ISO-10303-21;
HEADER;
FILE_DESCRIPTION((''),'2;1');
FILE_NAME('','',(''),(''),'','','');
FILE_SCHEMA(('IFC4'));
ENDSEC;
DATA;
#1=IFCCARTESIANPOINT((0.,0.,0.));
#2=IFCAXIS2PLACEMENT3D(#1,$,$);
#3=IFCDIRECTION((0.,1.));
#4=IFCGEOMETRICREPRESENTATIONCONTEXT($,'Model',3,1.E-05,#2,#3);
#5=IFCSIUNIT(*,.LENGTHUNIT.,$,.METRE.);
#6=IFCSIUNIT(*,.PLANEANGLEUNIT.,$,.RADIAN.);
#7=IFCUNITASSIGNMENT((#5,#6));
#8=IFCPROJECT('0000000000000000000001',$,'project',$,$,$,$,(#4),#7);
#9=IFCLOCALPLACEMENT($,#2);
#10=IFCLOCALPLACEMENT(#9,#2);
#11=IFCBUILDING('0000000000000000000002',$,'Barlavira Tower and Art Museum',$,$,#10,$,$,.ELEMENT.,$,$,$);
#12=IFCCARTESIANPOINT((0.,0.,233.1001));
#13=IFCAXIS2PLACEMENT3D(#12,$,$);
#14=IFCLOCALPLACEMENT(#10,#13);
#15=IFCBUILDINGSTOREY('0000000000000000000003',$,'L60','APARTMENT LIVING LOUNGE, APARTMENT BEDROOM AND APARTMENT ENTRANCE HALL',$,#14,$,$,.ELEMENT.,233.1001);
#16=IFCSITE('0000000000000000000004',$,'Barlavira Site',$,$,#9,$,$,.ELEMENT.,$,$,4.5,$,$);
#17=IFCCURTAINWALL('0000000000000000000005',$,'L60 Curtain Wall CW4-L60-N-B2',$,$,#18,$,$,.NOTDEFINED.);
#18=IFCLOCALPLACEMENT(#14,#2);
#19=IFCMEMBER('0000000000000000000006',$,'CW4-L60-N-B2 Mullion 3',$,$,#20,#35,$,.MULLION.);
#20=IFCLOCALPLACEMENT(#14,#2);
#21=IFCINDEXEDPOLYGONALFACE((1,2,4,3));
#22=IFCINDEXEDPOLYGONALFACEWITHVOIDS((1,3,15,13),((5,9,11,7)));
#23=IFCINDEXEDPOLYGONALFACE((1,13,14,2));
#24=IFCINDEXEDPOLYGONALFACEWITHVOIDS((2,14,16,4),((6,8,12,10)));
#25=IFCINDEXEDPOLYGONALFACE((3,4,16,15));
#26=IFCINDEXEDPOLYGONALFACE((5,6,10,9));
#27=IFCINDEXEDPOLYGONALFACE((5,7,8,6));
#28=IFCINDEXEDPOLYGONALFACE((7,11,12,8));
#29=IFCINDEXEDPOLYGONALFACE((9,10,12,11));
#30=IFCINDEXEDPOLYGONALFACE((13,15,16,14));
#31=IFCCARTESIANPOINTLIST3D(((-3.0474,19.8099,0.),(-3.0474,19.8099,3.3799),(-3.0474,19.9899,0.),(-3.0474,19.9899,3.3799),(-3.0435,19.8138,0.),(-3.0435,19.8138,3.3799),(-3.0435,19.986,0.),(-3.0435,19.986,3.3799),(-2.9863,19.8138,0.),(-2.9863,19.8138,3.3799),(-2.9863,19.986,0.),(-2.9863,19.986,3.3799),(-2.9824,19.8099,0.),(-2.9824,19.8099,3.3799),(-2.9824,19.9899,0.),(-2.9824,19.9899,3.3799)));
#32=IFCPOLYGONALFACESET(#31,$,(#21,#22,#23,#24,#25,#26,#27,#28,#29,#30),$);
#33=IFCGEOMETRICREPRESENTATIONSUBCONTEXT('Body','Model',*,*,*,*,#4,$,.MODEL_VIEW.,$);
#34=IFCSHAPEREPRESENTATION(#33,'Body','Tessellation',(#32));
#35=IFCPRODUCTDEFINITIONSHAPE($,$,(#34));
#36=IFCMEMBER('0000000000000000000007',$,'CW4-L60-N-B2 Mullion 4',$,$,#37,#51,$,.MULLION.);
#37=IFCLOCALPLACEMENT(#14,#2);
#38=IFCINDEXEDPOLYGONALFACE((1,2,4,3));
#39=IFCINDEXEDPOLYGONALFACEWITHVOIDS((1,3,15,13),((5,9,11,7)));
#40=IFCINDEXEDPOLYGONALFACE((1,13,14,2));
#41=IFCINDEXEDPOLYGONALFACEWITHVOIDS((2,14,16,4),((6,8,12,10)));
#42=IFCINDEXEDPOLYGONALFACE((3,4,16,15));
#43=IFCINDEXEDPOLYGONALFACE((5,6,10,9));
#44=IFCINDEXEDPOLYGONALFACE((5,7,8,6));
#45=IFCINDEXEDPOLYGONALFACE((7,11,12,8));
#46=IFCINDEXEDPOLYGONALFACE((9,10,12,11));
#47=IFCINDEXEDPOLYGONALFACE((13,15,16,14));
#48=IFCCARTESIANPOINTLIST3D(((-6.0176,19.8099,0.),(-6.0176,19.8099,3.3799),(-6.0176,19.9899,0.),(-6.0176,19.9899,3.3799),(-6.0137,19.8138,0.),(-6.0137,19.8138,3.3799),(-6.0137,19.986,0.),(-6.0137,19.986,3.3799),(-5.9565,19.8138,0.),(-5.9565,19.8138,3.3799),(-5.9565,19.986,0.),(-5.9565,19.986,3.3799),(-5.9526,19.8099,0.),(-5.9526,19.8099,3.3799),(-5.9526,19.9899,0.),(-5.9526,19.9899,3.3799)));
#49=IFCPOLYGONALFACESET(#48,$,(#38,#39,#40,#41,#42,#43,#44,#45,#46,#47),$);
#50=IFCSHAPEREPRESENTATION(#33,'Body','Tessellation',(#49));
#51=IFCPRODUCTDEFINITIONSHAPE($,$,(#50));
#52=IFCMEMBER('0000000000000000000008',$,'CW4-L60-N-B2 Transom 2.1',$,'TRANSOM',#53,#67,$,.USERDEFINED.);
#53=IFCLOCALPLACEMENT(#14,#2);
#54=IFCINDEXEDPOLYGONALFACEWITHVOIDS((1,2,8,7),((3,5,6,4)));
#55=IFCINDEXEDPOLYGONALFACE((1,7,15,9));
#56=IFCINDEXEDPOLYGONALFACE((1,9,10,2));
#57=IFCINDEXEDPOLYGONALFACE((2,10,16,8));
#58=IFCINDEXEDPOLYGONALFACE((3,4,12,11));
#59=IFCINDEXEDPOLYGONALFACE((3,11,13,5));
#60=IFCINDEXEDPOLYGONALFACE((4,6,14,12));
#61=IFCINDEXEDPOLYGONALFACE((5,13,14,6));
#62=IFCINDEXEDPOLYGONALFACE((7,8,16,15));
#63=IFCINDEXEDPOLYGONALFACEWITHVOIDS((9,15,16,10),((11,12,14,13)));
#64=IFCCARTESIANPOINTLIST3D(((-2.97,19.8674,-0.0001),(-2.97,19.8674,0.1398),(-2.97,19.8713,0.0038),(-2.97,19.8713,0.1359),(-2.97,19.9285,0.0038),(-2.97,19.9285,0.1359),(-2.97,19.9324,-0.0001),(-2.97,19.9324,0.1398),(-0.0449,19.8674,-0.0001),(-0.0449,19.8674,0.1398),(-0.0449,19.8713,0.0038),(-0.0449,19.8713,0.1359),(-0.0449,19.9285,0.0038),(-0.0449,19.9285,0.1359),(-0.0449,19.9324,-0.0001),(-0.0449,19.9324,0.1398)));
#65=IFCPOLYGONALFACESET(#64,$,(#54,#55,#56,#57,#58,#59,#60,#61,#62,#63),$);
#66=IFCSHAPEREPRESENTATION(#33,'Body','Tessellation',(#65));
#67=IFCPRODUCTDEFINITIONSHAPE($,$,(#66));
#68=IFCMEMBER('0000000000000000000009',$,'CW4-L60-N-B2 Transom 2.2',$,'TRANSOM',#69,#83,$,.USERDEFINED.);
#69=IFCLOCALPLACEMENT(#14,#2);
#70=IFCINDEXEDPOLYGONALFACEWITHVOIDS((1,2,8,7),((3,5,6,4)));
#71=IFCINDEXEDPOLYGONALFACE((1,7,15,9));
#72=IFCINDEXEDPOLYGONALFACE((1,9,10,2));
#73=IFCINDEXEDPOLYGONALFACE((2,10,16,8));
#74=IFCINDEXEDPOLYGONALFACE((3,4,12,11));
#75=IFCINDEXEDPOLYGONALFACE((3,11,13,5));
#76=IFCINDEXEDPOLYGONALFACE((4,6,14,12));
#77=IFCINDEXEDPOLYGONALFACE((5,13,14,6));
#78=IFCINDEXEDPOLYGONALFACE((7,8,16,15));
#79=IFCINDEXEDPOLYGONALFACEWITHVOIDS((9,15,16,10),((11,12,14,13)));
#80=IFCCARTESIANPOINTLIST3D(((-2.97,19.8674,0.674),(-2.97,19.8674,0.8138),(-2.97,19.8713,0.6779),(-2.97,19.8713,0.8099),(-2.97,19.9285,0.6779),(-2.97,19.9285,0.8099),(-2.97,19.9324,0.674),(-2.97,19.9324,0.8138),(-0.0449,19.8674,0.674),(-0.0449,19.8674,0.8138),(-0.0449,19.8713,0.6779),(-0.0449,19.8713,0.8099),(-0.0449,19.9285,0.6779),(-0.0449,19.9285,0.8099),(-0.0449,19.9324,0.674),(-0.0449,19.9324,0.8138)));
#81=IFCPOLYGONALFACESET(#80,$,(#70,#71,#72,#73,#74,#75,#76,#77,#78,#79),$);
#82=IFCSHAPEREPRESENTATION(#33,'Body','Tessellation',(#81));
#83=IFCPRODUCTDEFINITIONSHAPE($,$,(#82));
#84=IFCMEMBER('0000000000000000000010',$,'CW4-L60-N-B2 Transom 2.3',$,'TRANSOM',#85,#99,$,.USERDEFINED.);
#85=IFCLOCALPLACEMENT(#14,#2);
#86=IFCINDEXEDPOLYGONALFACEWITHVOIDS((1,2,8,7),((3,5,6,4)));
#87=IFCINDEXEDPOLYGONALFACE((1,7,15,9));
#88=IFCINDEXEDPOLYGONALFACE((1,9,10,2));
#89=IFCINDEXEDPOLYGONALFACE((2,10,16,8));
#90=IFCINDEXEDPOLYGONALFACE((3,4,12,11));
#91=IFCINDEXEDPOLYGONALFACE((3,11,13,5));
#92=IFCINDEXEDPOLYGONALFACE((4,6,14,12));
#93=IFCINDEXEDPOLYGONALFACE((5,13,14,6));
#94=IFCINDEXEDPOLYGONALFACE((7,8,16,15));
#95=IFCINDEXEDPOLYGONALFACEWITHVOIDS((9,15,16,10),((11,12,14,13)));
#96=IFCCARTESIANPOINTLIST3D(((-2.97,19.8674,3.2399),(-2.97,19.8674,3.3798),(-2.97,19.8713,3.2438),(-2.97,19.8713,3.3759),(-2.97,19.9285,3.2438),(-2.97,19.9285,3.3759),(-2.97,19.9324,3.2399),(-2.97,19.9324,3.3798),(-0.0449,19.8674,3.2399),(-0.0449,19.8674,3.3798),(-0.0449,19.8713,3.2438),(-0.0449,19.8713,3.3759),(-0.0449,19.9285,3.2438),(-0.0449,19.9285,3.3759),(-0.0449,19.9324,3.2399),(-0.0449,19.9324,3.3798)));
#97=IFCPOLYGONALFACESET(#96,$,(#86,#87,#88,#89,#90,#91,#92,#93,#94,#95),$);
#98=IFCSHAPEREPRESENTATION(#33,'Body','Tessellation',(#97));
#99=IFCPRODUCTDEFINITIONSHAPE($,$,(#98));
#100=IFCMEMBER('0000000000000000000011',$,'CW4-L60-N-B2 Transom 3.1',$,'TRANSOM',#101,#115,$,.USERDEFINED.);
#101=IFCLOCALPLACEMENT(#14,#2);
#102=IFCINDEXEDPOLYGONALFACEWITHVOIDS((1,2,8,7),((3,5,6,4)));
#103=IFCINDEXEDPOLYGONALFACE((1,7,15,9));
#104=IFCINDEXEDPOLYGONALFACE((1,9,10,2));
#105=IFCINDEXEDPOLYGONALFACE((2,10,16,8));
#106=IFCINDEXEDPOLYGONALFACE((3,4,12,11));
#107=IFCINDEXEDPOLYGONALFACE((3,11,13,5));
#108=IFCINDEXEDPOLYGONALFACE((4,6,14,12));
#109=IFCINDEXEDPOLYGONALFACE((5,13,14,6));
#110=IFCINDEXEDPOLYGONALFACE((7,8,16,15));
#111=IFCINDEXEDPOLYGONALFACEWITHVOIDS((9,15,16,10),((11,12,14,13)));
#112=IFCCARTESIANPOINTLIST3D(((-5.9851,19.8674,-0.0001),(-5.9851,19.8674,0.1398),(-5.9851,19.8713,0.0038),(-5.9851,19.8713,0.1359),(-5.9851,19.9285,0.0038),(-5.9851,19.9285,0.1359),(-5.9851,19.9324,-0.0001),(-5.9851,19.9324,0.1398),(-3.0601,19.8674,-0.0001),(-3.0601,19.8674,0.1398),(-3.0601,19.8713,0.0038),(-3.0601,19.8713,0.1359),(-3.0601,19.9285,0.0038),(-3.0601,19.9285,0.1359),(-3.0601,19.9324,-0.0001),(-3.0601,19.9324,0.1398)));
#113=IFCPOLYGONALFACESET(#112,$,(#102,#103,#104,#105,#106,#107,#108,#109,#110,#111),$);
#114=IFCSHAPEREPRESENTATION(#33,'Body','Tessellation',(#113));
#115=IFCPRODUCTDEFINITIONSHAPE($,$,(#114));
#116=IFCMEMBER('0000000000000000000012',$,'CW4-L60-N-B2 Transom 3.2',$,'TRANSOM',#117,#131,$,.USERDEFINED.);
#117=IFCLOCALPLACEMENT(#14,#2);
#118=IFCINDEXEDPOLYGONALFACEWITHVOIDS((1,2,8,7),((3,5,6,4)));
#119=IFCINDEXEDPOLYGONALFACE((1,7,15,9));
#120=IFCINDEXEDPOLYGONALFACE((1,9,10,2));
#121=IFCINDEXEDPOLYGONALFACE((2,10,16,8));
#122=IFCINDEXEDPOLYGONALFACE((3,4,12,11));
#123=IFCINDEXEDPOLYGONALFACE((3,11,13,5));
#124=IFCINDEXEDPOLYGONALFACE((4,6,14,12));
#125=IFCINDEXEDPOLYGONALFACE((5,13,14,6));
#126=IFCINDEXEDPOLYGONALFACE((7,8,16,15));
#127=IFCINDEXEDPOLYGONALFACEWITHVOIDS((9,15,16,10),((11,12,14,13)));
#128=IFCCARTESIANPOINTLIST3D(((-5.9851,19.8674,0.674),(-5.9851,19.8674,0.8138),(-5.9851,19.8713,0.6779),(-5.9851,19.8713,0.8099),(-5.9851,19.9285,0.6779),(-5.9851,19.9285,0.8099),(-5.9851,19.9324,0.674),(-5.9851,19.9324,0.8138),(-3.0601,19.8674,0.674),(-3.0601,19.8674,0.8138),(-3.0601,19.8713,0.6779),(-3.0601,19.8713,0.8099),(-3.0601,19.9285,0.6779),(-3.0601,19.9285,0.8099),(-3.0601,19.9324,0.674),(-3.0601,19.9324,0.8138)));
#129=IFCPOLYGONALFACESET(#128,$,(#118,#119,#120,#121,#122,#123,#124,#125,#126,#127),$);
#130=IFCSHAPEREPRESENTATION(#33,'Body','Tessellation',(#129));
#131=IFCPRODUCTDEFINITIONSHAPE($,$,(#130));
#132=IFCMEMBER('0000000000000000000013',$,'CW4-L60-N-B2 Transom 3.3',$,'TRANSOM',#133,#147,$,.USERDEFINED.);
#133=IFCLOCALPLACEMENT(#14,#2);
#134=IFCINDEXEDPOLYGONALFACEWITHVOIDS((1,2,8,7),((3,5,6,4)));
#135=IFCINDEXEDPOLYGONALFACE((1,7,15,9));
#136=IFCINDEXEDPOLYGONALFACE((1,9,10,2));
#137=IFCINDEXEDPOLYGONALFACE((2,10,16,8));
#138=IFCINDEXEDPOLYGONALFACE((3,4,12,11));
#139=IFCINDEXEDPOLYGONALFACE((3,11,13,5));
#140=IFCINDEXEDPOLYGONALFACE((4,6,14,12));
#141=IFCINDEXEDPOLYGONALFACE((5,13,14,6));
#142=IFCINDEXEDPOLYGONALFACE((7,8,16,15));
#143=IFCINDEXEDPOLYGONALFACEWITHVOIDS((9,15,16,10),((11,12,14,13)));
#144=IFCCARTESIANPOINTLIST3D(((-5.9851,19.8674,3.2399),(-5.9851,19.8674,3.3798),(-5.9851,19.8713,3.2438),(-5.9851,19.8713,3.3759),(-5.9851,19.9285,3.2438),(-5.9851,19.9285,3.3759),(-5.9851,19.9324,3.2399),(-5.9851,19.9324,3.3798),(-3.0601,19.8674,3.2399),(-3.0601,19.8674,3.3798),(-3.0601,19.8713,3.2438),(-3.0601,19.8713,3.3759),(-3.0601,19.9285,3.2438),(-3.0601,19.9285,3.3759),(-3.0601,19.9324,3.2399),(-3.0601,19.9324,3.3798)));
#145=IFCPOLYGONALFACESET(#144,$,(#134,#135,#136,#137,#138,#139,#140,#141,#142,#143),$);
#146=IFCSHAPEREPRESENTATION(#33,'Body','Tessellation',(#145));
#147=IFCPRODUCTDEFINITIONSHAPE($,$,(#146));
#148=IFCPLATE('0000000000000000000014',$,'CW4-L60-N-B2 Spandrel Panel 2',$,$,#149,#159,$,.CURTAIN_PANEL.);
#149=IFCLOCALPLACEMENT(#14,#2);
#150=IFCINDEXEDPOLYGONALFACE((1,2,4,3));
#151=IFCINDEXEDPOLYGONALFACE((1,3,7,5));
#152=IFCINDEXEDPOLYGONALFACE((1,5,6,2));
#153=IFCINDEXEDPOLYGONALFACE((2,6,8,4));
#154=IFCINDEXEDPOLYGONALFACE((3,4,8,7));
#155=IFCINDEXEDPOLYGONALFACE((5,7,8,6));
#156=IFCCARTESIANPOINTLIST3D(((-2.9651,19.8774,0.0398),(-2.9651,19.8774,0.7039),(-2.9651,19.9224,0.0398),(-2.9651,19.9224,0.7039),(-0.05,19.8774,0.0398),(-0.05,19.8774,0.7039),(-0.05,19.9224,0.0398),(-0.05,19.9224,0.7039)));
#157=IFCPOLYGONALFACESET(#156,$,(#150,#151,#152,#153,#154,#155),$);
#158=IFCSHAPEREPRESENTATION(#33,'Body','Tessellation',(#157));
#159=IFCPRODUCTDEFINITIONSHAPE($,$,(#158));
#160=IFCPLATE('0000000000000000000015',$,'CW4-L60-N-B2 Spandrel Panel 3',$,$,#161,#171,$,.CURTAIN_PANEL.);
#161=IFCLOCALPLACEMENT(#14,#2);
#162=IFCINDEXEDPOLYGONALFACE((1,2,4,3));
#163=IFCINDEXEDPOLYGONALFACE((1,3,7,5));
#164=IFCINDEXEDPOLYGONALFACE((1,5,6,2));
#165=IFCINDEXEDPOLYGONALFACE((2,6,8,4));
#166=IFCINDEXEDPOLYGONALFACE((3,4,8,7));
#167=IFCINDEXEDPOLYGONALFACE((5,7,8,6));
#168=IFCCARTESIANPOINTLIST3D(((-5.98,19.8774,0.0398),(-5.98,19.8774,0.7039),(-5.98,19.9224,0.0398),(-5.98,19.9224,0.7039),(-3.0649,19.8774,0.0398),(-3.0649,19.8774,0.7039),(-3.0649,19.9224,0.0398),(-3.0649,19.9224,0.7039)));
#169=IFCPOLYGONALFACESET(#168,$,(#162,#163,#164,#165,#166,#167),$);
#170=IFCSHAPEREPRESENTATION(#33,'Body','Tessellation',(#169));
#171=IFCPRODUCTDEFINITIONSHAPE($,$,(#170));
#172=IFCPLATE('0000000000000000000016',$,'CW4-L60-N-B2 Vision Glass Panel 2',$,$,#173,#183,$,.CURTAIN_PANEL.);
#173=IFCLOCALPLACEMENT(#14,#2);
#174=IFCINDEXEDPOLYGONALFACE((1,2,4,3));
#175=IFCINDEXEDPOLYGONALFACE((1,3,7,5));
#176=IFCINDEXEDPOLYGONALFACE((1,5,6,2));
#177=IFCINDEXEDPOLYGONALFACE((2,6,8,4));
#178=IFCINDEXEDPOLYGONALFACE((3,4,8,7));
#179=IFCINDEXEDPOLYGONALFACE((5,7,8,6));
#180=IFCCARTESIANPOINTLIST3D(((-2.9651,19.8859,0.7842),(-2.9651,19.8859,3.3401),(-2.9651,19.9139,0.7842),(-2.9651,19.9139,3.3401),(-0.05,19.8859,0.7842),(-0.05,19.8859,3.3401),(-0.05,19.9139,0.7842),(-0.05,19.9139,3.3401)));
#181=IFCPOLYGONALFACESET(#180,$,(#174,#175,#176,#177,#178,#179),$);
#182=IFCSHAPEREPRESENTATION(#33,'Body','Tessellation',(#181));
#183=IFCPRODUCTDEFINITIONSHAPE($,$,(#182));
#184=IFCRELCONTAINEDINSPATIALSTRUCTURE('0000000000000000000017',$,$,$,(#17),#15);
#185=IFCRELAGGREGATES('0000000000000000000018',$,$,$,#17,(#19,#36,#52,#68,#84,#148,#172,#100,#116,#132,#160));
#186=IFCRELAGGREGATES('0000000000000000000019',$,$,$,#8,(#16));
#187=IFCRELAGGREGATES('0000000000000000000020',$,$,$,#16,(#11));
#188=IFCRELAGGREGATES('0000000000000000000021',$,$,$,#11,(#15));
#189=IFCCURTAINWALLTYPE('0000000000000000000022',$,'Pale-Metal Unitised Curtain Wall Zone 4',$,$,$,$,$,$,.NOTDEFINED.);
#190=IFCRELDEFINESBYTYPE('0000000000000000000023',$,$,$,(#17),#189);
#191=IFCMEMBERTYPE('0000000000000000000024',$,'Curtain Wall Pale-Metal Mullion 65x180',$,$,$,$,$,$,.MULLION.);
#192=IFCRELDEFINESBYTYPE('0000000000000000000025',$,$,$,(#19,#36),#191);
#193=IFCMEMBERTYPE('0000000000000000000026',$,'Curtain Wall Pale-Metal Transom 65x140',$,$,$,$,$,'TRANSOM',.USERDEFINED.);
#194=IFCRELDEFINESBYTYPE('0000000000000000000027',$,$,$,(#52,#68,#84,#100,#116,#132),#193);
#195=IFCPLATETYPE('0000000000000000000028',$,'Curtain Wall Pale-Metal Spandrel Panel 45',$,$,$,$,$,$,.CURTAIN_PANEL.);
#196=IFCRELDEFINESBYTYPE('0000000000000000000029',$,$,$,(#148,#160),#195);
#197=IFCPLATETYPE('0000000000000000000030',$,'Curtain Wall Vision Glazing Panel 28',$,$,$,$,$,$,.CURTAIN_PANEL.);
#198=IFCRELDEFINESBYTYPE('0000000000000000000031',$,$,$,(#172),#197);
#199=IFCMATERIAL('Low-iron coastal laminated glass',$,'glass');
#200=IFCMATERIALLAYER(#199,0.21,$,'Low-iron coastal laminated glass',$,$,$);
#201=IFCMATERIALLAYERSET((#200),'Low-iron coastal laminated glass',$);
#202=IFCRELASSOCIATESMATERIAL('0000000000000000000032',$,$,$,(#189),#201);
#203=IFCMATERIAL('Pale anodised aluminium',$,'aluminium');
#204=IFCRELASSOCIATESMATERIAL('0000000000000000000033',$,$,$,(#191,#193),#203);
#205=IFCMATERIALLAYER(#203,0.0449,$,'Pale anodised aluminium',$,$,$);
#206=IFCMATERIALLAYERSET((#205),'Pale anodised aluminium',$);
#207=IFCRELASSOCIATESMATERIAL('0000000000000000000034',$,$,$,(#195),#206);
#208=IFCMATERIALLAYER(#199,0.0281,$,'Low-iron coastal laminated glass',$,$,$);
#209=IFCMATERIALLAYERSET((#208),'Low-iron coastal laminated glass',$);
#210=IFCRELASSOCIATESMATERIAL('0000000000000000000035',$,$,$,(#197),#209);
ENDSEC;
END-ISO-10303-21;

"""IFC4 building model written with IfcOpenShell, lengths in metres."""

from ifc_helpers import new_model, si_unit, direction, frame, origin, origin_2d, place, context, subcontext, project, spatial, rectangle, hollow_rectangle, extrude, material, layer, layer_set, material_profile, profile_set, type_object, element, aggregate, save


model = new_model("IFC4")

# Units and contexts
model_context = context("Model", 3, precision=1e-05, world=origin(), true_north=direction((0.0, 1.0)))
body_context = subcontext(model_context, "Body", "Model", "MODEL_VIEW")
ifc_project = project(units=[si_unit("LENGTHUNIT", "METRE"), si_unit("PLANEANGLEUNIT", "RADIAN")], contexts=[model_context])

# Site, building, storey
site_placement = place(None, origin())
site = spatial("IfcSite", under=ifc_project, at=site_placement, Name="Barlavira Site", CompositionType="ELEMENT", RefElevation=4.5)
building_placement = place(site_placement, origin())
building = spatial("IfcBuilding", under=site, at=building_placement, Name="Barlavira Tower and Art Museum", CompositionType="ELEMENT")
storey_placement = place(building_placement, frame((0.0, 0.0, 233.1001)))
storey = spatial("IfcBuildingStorey", under=building, at=storey_placement, Name="L60", Description="APARTMENT LIVING LOUNGE, APARTMENT BEDROOM AND APARTMENT ENTRANCE HALL", CompositionType="ELEMENT", Elevation=233.1001)

# Curtain wall, members, plates
ifc_material_1 = material(Name="Low-iron coastal laminated glass", Category="glass")
ifc_layer_1 = layer(ifc_material_1, 0.21, Name="Low-iron coastal laminated glass")
ifc_layer_set_1 = layer_set([ifc_layer_1], Name="Low-iron coastal laminated glass")
curtain_wall_type = type_object("IfcCurtainWallType", Name="Pale-Metal Unitised Curtain Wall Zone 4", PredefinedType="NOTDEFINED", material=ifc_layer_set_1)
curtain_wall_placement = place(storey_placement, origin())
curtain_wall = element("IfcCurtainWall", 1, at=curtain_wall_placement, inside=storey, type_object=curtain_wall_type, Name="L60 Curtain Wall CW4-L60-N-B2", PredefinedType="NOTDEFINED")
ifc_material_2 = material(Name="Pale anodised aluminium", Category="aluminium")
ifc_material_profile_1 = material_profile(ifc_material_2, hollow_rectangle(XDim=0.0649, YDim=0.1799, WallThickness=0.0039, at=origin_2d()), Name="ALU-MULL 65x180x4")
ifc_profile_set_1 = profile_set([ifc_material_profile_1], Name="Pale anodised aluminium")
member_type_1 = type_object("IfcMemberType", Name="Curtain Wall Pale-Metal Mullion 65x180", PredefinedType="MULLION", material=ifc_profile_set_1)
member_1_placement = place(storey_placement, frame((-3.0149, 19.8999, 0.0), z_axis=(0.0, 0.0, 1.0), x_axis=(-1.0, 0.0, 0.0)))
member_1 = element("IfcMember", 2, at=member_1_placement, type_object=member_type_1, Name="CW4-L60-N-B2 Mullion 3", PredefinedType="MULLION", context=body_context, shape_type="SweptSolid", body=[
    extrude(hollow_rectangle(XDim=0.0649, YDim=0.1799, WallThickness=0.0039, at=origin_2d()), origin(), (0.0, 0.0, 1.0), 3.3799),
])
member_2_placement = place(storey_placement, frame((-5.9851, 19.8999, 0.0), z_axis=(0.0, 0.0, 1.0), x_axis=(-1.0, 0.0, 0.0)))
member_2 = element("IfcMember", 3, at=member_2_placement, type_object=member_type_1, Name="CW4-L60-N-B2 Mullion 4", PredefinedType="MULLION", context=body_context, shape_type="SweptSolid", body=[
    extrude(hollow_rectangle(XDim=0.0649, YDim=0.1799, WallThickness=0.0039, at=origin_2d()), origin(), (0.0, 0.0, 1.0), 3.3799),
])
ifc_material_profile_2 = material_profile(ifc_material_2, hollow_rectangle(XDim=0.0649, YDim=0.1399, WallThickness=0.0039, at=origin_2d()), Name="ALU-TRAN 65x140x4")
ifc_profile_set_2 = profile_set([ifc_material_profile_2], Name="Pale anodised aluminium")
member_type_2 = type_object("IfcMemberType", Name="Curtain Wall Pale-Metal Transom 65x140", ElementType="TRANSOM", PredefinedType="USERDEFINED", material=ifc_profile_set_2)
member_3_placement = place(storey_placement, frame((-0.0449, 19.8999, 0.0698), z_axis=(-1.0, 0.0, 0.0), x_axis=(0.0, -1.0, 0.0)))
member_3 = element("IfcMember", 4, at=member_3_placement, type_object=member_type_2, Name="CW4-L60-N-B2 Transom 2.1", ObjectType="TRANSOM", PredefinedType="USERDEFINED", context=body_context, shape_type="SweptSolid", body=[
    extrude(hollow_rectangle(XDim=0.0649, YDim=0.1399, WallThickness=0.0039, at=origin_2d()), origin(), (0.0, 0.0, 1.0), 2.925),
])
member_4_placement = place(storey_placement, frame((-0.0449, 19.8999, 0.7439), z_axis=(-1.0, 0.0, 0.0), x_axis=(0.0, -1.0, 0.0)))
member_4 = element("IfcMember", 5, at=member_4_placement, type_object=member_type_2, Name="CW4-L60-N-B2 Transom 2.2", ObjectType="TRANSOM", PredefinedType="USERDEFINED", context=body_context, shape_type="SweptSolid", body=[
    extrude(hollow_rectangle(XDim=0.0649, YDim=0.1399, WallThickness=0.0039, at=origin_2d()), origin(), (0.0, 0.0, 1.0), 2.925),
])
member_5_placement = place(storey_placement, frame((-0.0449, 19.8999, 3.3098), z_axis=(-1.0, 0.0, 0.0), x_axis=(0.0, -1.0, 0.0)))
member_5 = element("IfcMember", 6, at=member_5_placement, type_object=member_type_2, Name="CW4-L60-N-B2 Transom 2.3", ObjectType="TRANSOM", PredefinedType="USERDEFINED", context=body_context, shape_type="SweptSolid", body=[
    extrude(hollow_rectangle(XDim=0.0649, YDim=0.1399, WallThickness=0.0039, at=origin_2d()), origin(), (0.0, 0.0, 1.0), 2.925),
])
member_6_placement = place(storey_placement, frame((-3.0601, 19.8999, 0.0698), z_axis=(-1.0, 0.0, 0.0), x_axis=(0.0, -1.0, 0.0)))
member_6 = element("IfcMember", 7, at=member_6_placement, type_object=member_type_2, Name="CW4-L60-N-B2 Transom 3.1", ObjectType="TRANSOM", PredefinedType="USERDEFINED", context=body_context, shape_type="SweptSolid", body=[
    extrude(hollow_rectangle(XDim=0.0649, YDim=0.1399, WallThickness=0.0039, at=origin_2d()), origin(), (0.0, 0.0, 1.0), 2.925),
])
member_7_placement = place(storey_placement, frame((-3.0601, 19.8999, 0.7439), z_axis=(-1.0, 0.0, 0.0), x_axis=(0.0, -1.0, 0.0)))
member_7 = element("IfcMember", 8, at=member_7_placement, type_object=member_type_2, Name="CW4-L60-N-B2 Transom 3.2", ObjectType="TRANSOM", PredefinedType="USERDEFINED", context=body_context, shape_type="SweptSolid", body=[
    extrude(hollow_rectangle(XDim=0.0649, YDim=0.1399, WallThickness=0.0039, at=origin_2d()), origin(), (0.0, 0.0, 1.0), 2.925),
])
member_8_placement = place(storey_placement, frame((-3.0601, 19.8999, 3.3098), z_axis=(-1.0, 0.0, 0.0), x_axis=(0.0, -1.0, 0.0)))
member_8 = element("IfcMember", 9, at=member_8_placement, type_object=member_type_2, Name="CW4-L60-N-B2 Transom 3.3", ObjectType="TRANSOM", PredefinedType="USERDEFINED", context=body_context, shape_type="SweptSolid", body=[
    extrude(hollow_rectangle(XDim=0.0649, YDim=0.1399, WallThickness=0.0039, at=origin_2d()), origin(), (0.0, 0.0, 1.0), 2.925),
])
ifc_layer_2 = layer(ifc_material_2, 0.0449, Name="Pale anodised aluminium")
ifc_layer_set_2 = layer_set([ifc_layer_2], Name="Pale anodised aluminium")
plate_type_1 = type_object("IfcPlateType", Name="Curtain Wall Pale-Metal Spandrel Panel 45", PredefinedType="CURTAIN_PANEL", material=ifc_layer_set_2)
plate_1_placement = place(storey_placement, frame((-1.5076, 19.8999, 0.0398), z_axis=(0.0, 0.0, 1.0), x_axis=(-1.0, 0.0, 0.0)))
plate_1 = element("IfcPlate", 10, at=plate_1_placement, type_object=plate_type_1, Name="CW4-L60-N-B2 Spandrel Panel 2", PredefinedType="CURTAIN_PANEL", context=body_context, shape_type="SweptSolid", body=[
    extrude(rectangle(XDim=2.915, YDim=0.0449, at=origin_2d()), origin(), (0.0, 0.0, 1.0), 0.6641),
])
plate_2_placement = place(storey_placement, frame((-4.5225, 19.8999, 0.0398), z_axis=(0.0, 0.0, 1.0), x_axis=(-1.0, 0.0, 0.0)))
plate_2 = element("IfcPlate", 11, at=plate_2_placement, type_object=plate_type_1, Name="CW4-L60-N-B2 Spandrel Panel 3", PredefinedType="CURTAIN_PANEL", context=body_context, shape_type="SweptSolid", body=[
    extrude(rectangle(XDim=2.915, YDim=0.0449, at=origin_2d()), origin(), (0.0, 0.0, 1.0), 0.6641),
])
ifc_layer_3 = layer(ifc_material_1, 0.0281, Name="Low-iron coastal laminated glass")
ifc_layer_set_3 = layer_set([ifc_layer_3], Name="Low-iron coastal laminated glass")
plate_type_2 = type_object("IfcPlateType", Name="Curtain Wall Vision Glazing Panel 28", PredefinedType="CURTAIN_PANEL", material=ifc_layer_set_3)
plate_3_placement = place(storey_placement, frame((-1.5076, 19.8999, 0.7842), z_axis=(0.0, 0.0, 1.0), x_axis=(-1.0, 0.0, 0.0)))
plate_3 = element("IfcPlate", 12, at=plate_3_placement, type_object=plate_type_2, Name="CW4-L60-N-B2 Vision Glass Panel 2", PredefinedType="CURTAIN_PANEL", context=body_context, shape_type="SweptSolid", body=[
    extrude(rectangle(XDim=2.915, YDim=0.0281, at=origin_2d()), origin(), (0.0, 0.0, 1.0), 2.5559),
])
aggregate(curtain_wall, [member_1, member_2, member_3, member_4, member_5, plate_1, plate_3, member_6, member_7, member_8, plate_2])

save(model, "model.ifc")
